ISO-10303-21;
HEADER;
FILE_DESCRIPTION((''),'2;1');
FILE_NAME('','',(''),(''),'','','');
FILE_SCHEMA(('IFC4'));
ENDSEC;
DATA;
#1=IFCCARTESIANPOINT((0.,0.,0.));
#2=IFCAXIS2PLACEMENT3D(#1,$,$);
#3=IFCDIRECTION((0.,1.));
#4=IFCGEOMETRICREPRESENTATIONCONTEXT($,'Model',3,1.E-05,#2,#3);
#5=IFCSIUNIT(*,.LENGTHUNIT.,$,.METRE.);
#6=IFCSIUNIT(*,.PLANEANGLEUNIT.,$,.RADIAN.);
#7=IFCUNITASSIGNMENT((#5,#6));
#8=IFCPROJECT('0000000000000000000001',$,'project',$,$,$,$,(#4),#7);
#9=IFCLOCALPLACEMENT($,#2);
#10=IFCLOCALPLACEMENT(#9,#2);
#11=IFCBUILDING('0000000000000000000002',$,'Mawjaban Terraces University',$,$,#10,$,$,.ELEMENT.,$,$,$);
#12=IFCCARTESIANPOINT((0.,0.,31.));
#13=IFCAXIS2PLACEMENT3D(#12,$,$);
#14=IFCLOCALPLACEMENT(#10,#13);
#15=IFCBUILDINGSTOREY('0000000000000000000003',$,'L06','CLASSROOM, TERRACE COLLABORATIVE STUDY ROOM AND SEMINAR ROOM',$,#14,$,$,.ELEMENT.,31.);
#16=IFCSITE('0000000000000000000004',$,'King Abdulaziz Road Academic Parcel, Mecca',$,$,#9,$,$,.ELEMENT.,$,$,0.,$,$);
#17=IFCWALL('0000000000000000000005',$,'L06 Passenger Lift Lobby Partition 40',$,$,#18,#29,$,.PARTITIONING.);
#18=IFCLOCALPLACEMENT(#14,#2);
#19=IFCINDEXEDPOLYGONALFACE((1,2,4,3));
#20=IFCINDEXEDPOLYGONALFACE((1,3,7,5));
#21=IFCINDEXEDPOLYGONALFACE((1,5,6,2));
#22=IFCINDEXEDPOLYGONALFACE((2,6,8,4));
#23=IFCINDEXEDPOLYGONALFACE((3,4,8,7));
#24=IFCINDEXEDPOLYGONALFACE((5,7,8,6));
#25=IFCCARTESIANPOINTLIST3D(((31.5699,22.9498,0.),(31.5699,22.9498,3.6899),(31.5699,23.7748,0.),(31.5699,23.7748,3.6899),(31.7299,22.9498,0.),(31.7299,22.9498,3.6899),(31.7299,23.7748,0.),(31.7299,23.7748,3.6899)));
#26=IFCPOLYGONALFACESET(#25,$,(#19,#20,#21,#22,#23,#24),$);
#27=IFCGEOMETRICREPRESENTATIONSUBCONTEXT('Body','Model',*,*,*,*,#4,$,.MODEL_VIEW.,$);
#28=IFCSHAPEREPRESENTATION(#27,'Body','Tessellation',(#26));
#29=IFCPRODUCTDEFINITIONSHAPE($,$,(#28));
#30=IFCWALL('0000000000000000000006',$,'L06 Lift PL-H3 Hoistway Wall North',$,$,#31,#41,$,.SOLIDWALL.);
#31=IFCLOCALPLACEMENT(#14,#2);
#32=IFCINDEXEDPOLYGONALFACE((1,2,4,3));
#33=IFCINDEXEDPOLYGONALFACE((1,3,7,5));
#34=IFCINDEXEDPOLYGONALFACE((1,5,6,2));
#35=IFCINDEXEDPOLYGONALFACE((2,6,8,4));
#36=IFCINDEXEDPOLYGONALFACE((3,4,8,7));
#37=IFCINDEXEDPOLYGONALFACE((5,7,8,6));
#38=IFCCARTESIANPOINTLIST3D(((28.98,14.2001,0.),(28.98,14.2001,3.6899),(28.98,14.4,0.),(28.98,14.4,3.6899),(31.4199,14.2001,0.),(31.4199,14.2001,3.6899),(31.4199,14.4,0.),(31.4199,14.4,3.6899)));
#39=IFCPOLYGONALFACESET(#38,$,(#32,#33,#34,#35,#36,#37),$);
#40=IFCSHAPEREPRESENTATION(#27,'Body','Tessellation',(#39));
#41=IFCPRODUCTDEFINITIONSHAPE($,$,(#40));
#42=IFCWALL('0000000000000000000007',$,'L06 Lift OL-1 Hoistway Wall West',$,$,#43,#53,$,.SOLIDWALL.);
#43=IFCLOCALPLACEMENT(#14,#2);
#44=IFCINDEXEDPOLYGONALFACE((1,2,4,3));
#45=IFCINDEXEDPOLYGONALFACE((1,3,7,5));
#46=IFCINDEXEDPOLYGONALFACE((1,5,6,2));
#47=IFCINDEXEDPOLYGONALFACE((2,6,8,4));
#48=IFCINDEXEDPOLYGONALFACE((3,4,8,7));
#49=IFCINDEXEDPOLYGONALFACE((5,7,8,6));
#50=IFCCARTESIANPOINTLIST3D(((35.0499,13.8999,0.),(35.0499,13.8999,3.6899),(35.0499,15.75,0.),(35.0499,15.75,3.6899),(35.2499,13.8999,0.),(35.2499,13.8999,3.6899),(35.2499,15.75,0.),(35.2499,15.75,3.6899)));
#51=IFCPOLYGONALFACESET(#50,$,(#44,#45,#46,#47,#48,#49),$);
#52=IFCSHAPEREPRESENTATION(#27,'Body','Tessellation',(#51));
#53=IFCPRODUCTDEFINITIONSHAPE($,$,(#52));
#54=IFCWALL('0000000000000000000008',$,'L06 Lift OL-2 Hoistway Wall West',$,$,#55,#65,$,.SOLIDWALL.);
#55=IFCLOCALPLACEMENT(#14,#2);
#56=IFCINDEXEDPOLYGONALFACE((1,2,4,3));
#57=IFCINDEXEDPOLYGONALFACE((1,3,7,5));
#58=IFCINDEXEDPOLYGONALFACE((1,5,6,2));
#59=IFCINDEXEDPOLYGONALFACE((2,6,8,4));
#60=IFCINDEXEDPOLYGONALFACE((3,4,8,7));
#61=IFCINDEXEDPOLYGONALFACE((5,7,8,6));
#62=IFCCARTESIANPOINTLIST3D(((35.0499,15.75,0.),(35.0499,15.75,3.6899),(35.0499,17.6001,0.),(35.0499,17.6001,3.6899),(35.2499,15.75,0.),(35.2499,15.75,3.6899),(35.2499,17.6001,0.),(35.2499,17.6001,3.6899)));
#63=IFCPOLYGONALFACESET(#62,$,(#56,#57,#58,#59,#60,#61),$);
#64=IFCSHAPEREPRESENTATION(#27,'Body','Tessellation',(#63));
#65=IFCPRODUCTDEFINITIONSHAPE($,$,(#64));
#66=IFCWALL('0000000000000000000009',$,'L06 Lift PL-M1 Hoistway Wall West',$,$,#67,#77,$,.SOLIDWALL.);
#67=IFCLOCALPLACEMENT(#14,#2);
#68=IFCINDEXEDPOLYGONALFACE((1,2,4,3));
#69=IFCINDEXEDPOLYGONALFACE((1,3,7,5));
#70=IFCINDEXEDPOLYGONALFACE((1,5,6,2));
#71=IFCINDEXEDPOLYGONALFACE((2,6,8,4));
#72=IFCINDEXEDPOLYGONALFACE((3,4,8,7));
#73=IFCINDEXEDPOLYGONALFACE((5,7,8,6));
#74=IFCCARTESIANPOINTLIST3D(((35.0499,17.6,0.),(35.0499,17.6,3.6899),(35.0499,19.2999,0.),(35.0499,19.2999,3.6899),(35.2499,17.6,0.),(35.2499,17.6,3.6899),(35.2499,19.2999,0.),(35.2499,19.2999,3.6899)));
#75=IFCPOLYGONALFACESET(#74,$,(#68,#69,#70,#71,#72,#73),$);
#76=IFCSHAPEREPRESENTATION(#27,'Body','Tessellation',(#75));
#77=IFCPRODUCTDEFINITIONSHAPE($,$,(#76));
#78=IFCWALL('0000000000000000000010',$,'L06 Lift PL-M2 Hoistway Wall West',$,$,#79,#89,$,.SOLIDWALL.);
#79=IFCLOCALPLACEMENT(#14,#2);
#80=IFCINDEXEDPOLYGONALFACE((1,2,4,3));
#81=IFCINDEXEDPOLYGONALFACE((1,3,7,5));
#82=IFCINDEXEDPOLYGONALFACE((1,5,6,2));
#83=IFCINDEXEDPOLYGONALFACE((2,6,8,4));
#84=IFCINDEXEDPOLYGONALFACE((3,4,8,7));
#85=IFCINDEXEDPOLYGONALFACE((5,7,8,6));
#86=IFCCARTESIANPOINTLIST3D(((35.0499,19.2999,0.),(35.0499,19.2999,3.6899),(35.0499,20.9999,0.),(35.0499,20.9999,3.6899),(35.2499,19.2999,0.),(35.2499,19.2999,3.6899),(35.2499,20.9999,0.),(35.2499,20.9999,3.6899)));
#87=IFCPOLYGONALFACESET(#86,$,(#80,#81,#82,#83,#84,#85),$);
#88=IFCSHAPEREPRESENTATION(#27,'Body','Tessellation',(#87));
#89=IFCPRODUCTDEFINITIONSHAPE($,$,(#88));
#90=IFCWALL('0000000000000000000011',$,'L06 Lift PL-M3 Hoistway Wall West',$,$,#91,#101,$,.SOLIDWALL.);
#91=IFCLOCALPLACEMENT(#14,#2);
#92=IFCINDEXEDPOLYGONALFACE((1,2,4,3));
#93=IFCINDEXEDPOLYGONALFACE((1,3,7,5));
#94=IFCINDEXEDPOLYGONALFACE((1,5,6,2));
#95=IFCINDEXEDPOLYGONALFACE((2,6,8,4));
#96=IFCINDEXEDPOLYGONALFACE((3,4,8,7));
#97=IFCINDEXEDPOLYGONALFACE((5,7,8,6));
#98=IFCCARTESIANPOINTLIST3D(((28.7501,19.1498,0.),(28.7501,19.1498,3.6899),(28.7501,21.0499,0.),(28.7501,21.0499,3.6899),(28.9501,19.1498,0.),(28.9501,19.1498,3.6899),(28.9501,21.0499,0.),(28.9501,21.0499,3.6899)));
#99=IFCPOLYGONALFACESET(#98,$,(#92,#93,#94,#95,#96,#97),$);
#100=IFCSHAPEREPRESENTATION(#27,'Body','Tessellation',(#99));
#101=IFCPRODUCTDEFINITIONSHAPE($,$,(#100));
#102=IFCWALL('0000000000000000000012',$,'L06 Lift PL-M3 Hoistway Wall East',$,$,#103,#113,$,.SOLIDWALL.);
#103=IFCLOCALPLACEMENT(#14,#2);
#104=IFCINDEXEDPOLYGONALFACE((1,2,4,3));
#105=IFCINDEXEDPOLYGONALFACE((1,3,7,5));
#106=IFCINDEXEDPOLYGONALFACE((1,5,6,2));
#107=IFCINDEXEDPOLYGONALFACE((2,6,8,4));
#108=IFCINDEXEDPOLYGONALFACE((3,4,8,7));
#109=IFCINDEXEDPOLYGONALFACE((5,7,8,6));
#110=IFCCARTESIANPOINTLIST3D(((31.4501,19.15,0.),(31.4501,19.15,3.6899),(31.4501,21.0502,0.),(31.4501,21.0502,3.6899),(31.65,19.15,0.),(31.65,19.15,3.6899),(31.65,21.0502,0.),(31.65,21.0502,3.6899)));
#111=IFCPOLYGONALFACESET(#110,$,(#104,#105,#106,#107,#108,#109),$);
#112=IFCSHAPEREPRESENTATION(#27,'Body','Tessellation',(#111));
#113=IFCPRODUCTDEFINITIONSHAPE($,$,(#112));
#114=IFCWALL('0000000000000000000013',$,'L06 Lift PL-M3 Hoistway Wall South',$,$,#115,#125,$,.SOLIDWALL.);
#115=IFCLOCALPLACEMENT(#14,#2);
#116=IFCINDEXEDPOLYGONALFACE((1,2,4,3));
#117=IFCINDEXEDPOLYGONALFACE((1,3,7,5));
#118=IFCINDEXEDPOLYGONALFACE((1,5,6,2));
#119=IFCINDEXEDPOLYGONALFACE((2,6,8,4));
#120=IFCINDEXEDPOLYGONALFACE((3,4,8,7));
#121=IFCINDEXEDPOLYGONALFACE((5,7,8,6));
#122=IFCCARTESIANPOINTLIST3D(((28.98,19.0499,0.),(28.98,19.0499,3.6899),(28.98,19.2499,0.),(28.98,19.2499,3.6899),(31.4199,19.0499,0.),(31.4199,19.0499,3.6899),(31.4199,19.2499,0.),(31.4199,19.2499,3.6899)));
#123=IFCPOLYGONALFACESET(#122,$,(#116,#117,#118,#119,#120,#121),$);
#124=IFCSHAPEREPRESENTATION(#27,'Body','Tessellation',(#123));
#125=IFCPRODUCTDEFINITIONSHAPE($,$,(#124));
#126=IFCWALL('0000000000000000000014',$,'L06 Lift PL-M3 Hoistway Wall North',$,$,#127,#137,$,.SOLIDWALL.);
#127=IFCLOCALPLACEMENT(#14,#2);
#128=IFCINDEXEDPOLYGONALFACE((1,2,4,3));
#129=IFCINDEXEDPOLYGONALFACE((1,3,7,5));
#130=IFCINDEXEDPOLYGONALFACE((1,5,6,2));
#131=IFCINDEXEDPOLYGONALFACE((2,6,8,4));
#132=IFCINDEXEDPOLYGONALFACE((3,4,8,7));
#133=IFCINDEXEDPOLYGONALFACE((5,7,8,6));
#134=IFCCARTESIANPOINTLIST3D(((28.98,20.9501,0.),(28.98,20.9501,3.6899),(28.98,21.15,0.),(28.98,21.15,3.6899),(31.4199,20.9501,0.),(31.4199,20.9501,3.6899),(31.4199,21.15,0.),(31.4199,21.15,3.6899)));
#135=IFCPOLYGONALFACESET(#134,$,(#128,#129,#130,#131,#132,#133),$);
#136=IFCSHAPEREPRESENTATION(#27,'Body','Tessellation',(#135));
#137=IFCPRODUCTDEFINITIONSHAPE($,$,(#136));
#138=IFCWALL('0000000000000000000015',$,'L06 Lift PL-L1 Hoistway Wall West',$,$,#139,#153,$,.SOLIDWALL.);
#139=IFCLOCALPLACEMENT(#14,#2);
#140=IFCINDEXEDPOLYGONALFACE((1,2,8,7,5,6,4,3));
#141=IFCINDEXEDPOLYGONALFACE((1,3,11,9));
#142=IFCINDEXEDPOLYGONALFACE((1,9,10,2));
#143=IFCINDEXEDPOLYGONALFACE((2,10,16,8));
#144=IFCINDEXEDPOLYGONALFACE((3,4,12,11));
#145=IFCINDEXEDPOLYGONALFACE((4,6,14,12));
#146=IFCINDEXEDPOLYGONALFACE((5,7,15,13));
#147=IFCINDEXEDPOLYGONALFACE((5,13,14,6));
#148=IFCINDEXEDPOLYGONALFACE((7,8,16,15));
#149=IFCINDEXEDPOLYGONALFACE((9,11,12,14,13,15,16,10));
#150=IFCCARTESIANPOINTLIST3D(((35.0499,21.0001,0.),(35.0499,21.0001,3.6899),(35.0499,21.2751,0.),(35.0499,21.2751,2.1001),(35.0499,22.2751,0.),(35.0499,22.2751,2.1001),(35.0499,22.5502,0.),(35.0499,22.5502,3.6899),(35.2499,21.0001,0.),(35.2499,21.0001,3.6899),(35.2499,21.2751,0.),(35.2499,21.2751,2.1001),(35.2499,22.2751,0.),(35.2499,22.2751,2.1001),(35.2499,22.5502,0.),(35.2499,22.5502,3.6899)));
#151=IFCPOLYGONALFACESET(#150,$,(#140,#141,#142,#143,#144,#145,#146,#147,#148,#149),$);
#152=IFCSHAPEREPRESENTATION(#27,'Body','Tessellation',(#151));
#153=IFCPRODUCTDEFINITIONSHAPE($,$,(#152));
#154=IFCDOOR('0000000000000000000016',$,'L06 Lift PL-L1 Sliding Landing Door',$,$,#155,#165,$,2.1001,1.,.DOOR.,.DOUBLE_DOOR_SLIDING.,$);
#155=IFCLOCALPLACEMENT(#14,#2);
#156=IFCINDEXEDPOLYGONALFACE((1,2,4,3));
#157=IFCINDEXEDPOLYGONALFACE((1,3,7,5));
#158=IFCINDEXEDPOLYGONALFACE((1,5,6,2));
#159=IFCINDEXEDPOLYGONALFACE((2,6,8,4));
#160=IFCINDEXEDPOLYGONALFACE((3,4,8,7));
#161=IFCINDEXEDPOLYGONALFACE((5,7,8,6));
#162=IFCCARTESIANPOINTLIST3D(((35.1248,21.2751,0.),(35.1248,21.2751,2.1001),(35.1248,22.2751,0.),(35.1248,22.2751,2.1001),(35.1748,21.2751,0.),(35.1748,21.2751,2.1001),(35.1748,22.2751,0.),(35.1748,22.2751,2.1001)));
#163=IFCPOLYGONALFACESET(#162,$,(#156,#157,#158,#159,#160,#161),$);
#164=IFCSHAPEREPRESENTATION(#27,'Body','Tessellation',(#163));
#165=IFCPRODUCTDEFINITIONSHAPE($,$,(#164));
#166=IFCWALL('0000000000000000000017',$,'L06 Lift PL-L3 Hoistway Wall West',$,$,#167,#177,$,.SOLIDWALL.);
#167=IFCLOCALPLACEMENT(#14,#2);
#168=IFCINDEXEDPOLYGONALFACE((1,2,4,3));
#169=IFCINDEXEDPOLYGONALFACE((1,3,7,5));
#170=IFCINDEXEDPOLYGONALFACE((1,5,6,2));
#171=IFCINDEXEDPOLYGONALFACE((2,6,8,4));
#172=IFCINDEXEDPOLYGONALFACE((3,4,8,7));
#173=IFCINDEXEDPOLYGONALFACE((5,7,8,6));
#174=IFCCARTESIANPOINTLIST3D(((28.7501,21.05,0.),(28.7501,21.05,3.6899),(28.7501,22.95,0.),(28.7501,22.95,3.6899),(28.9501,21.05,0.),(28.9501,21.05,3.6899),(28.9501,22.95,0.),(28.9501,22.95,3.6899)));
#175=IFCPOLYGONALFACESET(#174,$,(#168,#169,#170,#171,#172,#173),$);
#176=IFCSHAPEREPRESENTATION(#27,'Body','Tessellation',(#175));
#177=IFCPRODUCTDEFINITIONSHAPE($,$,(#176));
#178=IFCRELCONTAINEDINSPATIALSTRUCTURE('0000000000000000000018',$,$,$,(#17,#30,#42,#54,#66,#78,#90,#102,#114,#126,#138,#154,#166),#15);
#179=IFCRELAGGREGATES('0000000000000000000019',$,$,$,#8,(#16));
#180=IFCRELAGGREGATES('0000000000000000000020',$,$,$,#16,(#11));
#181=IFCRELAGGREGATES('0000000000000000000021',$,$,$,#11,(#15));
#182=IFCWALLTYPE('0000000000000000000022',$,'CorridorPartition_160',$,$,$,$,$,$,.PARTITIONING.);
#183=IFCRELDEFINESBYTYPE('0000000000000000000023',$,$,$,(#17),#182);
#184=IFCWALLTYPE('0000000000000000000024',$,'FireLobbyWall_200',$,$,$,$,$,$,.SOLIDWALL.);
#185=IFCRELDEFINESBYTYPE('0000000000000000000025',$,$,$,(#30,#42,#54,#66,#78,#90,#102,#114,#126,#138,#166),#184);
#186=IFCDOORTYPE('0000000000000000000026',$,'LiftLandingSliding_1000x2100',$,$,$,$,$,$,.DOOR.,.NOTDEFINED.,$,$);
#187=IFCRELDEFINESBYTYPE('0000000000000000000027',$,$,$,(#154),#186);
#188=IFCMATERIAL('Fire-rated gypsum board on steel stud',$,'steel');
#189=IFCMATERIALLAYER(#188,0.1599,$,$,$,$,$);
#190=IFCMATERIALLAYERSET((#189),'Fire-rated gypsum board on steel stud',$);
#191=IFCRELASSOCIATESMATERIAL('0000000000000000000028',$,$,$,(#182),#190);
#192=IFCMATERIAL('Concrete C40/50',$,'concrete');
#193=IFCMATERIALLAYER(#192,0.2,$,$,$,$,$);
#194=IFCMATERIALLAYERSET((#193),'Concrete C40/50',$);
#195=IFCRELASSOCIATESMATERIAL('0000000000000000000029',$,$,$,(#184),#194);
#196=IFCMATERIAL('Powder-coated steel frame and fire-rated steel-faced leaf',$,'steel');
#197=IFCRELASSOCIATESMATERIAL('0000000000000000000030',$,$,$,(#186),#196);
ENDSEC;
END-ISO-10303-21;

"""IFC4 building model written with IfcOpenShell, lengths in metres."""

from ifc_helpers import new_model, si_unit, direction, frame, frame_2d, origin, place, context, subcontext, project, spatial, rectangle, extrude, material, layer, layer_set, type_object, element, fill, save


model = new_model("IFC4")

# Units and contexts
model_context = context("Model", 3, precision=1e-05, world=origin(), true_north=direction((0.0, 1.0)))
body_context = subcontext(model_context, "Body", "Model", "MODEL_VIEW")
ifc_project = project(units=[si_unit("LENGTHUNIT", "METRE"), si_unit("PLANEANGLEUNIT", "RADIAN")], contexts=[model_context])

# Site, building, storey
site_placement = place(None, origin())
site = spatial("IfcSite", under=ifc_project, at=site_placement, Name="King Abdulaziz Road Academic Parcel, Mecca", CompositionType="ELEMENT", RefElevation=0.0)
building_placement = place(site_placement, origin())
building = spatial("IfcBuilding", under=site, at=building_placement, Name="Mawjaban Terraces University", CompositionType="ELEMENT")
storey_placement = place(building_placement, frame((0.0, 0.0, 31.0)))
storey = spatial("IfcBuildingStorey", under=building, at=storey_placement, Name="L06", Description="CLASSROOM, TERRACE COLLABORATIVE STUDY ROOM AND SEMINAR ROOM", CompositionType="ELEMENT", Elevation=31.0)

# Walls
ifc_material_1 = material(Name="Fire-rated gypsum board on steel stud", Category="steel")
ifc_layer_1 = layer(ifc_material_1, 0.1599)
ifc_layer_set_1 = layer_set([ifc_layer_1], Name="Fire-rated gypsum board on steel stud")
wall_type_1 = type_object("IfcWallType", Name="CorridorPartition_160", PredefinedType="PARTITIONING", material=ifc_layer_set_1)
wall_1_placement = place(storey_placement, frame((31.6499, 23.7749, 0.0), z_axis=(0.0, 0.0, 1.0), x_axis=(0.0, -1.0, 0.0)))
element("IfcWall", 1, at=wall_1_placement, inside=storey, type_object=wall_type_1, Name="L06 Passenger Lift Lobby Partition 40", PredefinedType="PARTITIONING", context=body_context, shape_type="SweptSolid", body=[
    extrude(rectangle(XDim=0.825, YDim=0.1599, at=frame_2d((0.4126, 0.0))), origin(), (0.0, 0.0, 1.0), 3.6899),
])
ifc_material_2 = material(Name="Concrete C40/50", Category="concrete")
ifc_layer_2 = layer(ifc_material_2, 0.2)
ifc_layer_set_2 = layer_set([ifc_layer_2], Name="Concrete C40/50")
wall_type_2 = type_object("IfcWallType", Name="FireLobbyWall_200", PredefinedType="SOLIDWALL", material=ifc_layer_set_2)
wall_2_placement = place(storey_placement, frame((31.4199, 14.3, 0.0), z_axis=(0.0, 0.0, 1.0), x_axis=(-1.0, 0.0, 0.0)))
element("IfcWall", 2, at=wall_2_placement, inside=storey, type_object=wall_type_2, Name="L06 Lift PL-H3 Hoistway Wall North", PredefinedType="SOLIDWALL", context=body_context, shape_type="SweptSolid", body=[
    extrude(rectangle(XDim=2.4399, YDim=0.2, at=frame_2d((1.22, 0.0))), origin(), (0.0, 0.0, 1.0), 3.6899),
])
for number, where, z_axis, x_axis, name in (
    (3, (35.1499, 15.75, 0.0), (0.0, 0.0, 1.0), (0.0, -1.0, 0.0), "L06 Lift OL-1 Hoistway Wall West"),
    (4, (35.1499, 17.6001, 0.0), (0.0, 0.0, 1.0), (0.0, -1.0, 0.0), "L06 Lift OL-2 Hoistway Wall West"),
):
    element("IfcWall", number, at=place(storey_placement, frame(where, z_axis=z_axis, x_axis=x_axis)), inside=storey, type_object=wall_type_2, Name=name, PredefinedType="SOLIDWALL", context=body_context, shape_type="SweptSolid", body=[
        extrude(rectangle(XDim=1.8501, YDim=0.2, at=frame_2d((0.925, 0.0))), origin(), (0.0, 0.0, 1.0), 3.6899),
    ])
for number, where, z_axis, x_axis, name in (
    (5, (35.1499, 19.3, 0.0), (0.0, 0.0, 1.0), (0.0, -1.0, 0.0), "L06 Lift PL-M1 Hoistway Wall West"),
    (6, (35.1499, 21.0, 0.0), (0.0, 0.0, 1.0), (0.0, -1.0, 0.0), "L06 Lift PL-M2 Hoistway Wall West"),
):
    element("IfcWall", number, at=place(storey_placement, frame(where, z_axis=z_axis, x_axis=x_axis)), inside=storey, type_object=wall_type_2, Name=name, PredefinedType="SOLIDWALL", context=body_context, shape_type="SweptSolid", body=[
        extrude(rectangle(XDim=1.7, YDim=0.2, at=frame_2d((0.8501, 0.0))), origin(), (0.0, 0.0, 1.0), 3.6899),
    ])
for number, where, z_axis, x_axis, name in (
    (7, (28.8501, 21.05, 0.0), (0.0, 0.0, 1.0), (0.0, -1.0, 0.0), "L06 Lift PL-M3 Hoistway Wall West"),
    (8, (31.55, 19.1499, 0.0), (0.0, 0.0, 1.0), (0.0, 1.0, 0.0), "L06 Lift PL-M3 Hoistway Wall East"),
):
    element("IfcWall", number, at=place(storey_placement, frame(where, z_axis=z_axis, x_axis=x_axis)), inside=storey, type_object=wall_type_2, Name=name, PredefinedType="SOLIDWALL", context=body_context, shape_type="SweptSolid", body=[
        extrude(rectangle(XDim=1.9001, YDim=0.2, at=frame_2d((0.9502, 0.0))), origin(), (0.0, 0.0, 1.0), 3.6899),
    ])
for number, where, z_axis, x_axis, name in (
    (9, (28.98, 19.1499, 0.0), (0.0, 0.0, 1.0), (1.0, 0.0, 0.0), "L06 Lift PL-M3 Hoistway Wall South"),
    (10, (31.4199, 21.05, 0.0), (0.0, 0.0, 1.0), (-1.0, 0.0, 0.0), "L06 Lift PL-M3 Hoistway Wall North"),
):
    element("IfcWall", number, at=place(storey_placement, frame(where, z_axis=z_axis, x_axis=x_axis)), inside=storey, type_object=wall_type_2, Name=name, PredefinedType="SOLIDWALL", context=body_context, shape_type="SweptSolid", body=[
        extrude(rectangle(XDim=2.4399, YDim=0.2, at=frame_2d((1.22, 0.0))), origin(), (0.0, 0.0, 1.0), 3.6899),
    ])

# Wall, opening, door
wall_3_placement = place(storey_placement, frame((35.1499, 22.55, 0.0), z_axis=(0.0, 0.0, 1.0), x_axis=(0.0, -1.0, 0.0)))
wall_3 = element("IfcWall", 11, at=wall_3_placement, inside=storey, type_object=wall_type_2, Name="L06 Lift PL-L1 Hoistway Wall West", PredefinedType="SOLIDWALL", context=body_context, shape_type="SweptSolid", body=[
    extrude(rectangle(XDim=1.55, YDim=0.2, at=frame_2d((0.7749, 0.0))), origin(), (0.0, 0.0, 1.0), 3.6899),
])
opening_1_placement = place(wall_3_placement, frame((0.2749, 0.0, 0.0)))
opening_1 = element("IfcOpeningElement", 12, at=opening_1_placement, cuts=wall_3, PredefinedType="OPENING", context=body_context, shape_type="SweptSolid", body=[
    extrude(rectangle(XDim=1.0, YDim=2.1001, at=frame_2d((0.5, 1.05))), frame((0.0, 0.1099, 0.0), z_axis=(0.0, -1.0, 0.0), x_axis=(1.0, 0.0, 0.0)), (0.0, 0.0, 1.0), 0.22),
])
ifc_material_3 = material(Name="Powder-coated steel frame and fire-rated steel-faced leaf", Category="steel")
door_type_1 = type_object("IfcDoorType", Name="LiftLandingSliding_1000x2100", OperationType="NOTDEFINED", PredefinedType="DOOR", material=ifc_material_3)
door_1_placement = place(opening_1_placement, origin())
door_1 = element("IfcDoor", 13, at=door_1_placement, inside=storey, type_object=door_type_1, Name="L06 Lift PL-L1 Sliding Landing Door", OperationType="DOUBLE_DOOR_SLIDING", OverallHeight=2.1001, OverallWidth=1.0, PredefinedType="DOOR", context=body_context, shape_type="SweptSolid", body=[
    extrude(rectangle(XDim=1.0, YDim=2.1001, at=frame_2d((0.5, 1.05))), frame((0.0, 0.0249, 0.0), z_axis=(0.0, -1.0, 0.0), x_axis=(1.0, 0.0, 0.0)), (0.0, 0.0, 1.0), 0.05),
])
fill(opening_1, door_1)

# Wall
wall_4_placement = place(storey_placement, frame((28.8501, 22.95, 0.0), z_axis=(0.0, 0.0, 1.0), x_axis=(0.0, -1.0, 0.0)))
element("IfcWall", 14, at=wall_4_placement, inside=storey, type_object=wall_type_2, Name="L06 Lift PL-L3 Hoistway Wall West", PredefinedType="SOLIDWALL", context=body_context, shape_type="SweptSolid", body=[
    extrude(rectangle(XDim=1.8999, YDim=0.2, at=frame_2d((0.95, 0.0))), origin(), (0.0, 0.0, 1.0), 3.6899),
])

save(model, "model.ifc")
